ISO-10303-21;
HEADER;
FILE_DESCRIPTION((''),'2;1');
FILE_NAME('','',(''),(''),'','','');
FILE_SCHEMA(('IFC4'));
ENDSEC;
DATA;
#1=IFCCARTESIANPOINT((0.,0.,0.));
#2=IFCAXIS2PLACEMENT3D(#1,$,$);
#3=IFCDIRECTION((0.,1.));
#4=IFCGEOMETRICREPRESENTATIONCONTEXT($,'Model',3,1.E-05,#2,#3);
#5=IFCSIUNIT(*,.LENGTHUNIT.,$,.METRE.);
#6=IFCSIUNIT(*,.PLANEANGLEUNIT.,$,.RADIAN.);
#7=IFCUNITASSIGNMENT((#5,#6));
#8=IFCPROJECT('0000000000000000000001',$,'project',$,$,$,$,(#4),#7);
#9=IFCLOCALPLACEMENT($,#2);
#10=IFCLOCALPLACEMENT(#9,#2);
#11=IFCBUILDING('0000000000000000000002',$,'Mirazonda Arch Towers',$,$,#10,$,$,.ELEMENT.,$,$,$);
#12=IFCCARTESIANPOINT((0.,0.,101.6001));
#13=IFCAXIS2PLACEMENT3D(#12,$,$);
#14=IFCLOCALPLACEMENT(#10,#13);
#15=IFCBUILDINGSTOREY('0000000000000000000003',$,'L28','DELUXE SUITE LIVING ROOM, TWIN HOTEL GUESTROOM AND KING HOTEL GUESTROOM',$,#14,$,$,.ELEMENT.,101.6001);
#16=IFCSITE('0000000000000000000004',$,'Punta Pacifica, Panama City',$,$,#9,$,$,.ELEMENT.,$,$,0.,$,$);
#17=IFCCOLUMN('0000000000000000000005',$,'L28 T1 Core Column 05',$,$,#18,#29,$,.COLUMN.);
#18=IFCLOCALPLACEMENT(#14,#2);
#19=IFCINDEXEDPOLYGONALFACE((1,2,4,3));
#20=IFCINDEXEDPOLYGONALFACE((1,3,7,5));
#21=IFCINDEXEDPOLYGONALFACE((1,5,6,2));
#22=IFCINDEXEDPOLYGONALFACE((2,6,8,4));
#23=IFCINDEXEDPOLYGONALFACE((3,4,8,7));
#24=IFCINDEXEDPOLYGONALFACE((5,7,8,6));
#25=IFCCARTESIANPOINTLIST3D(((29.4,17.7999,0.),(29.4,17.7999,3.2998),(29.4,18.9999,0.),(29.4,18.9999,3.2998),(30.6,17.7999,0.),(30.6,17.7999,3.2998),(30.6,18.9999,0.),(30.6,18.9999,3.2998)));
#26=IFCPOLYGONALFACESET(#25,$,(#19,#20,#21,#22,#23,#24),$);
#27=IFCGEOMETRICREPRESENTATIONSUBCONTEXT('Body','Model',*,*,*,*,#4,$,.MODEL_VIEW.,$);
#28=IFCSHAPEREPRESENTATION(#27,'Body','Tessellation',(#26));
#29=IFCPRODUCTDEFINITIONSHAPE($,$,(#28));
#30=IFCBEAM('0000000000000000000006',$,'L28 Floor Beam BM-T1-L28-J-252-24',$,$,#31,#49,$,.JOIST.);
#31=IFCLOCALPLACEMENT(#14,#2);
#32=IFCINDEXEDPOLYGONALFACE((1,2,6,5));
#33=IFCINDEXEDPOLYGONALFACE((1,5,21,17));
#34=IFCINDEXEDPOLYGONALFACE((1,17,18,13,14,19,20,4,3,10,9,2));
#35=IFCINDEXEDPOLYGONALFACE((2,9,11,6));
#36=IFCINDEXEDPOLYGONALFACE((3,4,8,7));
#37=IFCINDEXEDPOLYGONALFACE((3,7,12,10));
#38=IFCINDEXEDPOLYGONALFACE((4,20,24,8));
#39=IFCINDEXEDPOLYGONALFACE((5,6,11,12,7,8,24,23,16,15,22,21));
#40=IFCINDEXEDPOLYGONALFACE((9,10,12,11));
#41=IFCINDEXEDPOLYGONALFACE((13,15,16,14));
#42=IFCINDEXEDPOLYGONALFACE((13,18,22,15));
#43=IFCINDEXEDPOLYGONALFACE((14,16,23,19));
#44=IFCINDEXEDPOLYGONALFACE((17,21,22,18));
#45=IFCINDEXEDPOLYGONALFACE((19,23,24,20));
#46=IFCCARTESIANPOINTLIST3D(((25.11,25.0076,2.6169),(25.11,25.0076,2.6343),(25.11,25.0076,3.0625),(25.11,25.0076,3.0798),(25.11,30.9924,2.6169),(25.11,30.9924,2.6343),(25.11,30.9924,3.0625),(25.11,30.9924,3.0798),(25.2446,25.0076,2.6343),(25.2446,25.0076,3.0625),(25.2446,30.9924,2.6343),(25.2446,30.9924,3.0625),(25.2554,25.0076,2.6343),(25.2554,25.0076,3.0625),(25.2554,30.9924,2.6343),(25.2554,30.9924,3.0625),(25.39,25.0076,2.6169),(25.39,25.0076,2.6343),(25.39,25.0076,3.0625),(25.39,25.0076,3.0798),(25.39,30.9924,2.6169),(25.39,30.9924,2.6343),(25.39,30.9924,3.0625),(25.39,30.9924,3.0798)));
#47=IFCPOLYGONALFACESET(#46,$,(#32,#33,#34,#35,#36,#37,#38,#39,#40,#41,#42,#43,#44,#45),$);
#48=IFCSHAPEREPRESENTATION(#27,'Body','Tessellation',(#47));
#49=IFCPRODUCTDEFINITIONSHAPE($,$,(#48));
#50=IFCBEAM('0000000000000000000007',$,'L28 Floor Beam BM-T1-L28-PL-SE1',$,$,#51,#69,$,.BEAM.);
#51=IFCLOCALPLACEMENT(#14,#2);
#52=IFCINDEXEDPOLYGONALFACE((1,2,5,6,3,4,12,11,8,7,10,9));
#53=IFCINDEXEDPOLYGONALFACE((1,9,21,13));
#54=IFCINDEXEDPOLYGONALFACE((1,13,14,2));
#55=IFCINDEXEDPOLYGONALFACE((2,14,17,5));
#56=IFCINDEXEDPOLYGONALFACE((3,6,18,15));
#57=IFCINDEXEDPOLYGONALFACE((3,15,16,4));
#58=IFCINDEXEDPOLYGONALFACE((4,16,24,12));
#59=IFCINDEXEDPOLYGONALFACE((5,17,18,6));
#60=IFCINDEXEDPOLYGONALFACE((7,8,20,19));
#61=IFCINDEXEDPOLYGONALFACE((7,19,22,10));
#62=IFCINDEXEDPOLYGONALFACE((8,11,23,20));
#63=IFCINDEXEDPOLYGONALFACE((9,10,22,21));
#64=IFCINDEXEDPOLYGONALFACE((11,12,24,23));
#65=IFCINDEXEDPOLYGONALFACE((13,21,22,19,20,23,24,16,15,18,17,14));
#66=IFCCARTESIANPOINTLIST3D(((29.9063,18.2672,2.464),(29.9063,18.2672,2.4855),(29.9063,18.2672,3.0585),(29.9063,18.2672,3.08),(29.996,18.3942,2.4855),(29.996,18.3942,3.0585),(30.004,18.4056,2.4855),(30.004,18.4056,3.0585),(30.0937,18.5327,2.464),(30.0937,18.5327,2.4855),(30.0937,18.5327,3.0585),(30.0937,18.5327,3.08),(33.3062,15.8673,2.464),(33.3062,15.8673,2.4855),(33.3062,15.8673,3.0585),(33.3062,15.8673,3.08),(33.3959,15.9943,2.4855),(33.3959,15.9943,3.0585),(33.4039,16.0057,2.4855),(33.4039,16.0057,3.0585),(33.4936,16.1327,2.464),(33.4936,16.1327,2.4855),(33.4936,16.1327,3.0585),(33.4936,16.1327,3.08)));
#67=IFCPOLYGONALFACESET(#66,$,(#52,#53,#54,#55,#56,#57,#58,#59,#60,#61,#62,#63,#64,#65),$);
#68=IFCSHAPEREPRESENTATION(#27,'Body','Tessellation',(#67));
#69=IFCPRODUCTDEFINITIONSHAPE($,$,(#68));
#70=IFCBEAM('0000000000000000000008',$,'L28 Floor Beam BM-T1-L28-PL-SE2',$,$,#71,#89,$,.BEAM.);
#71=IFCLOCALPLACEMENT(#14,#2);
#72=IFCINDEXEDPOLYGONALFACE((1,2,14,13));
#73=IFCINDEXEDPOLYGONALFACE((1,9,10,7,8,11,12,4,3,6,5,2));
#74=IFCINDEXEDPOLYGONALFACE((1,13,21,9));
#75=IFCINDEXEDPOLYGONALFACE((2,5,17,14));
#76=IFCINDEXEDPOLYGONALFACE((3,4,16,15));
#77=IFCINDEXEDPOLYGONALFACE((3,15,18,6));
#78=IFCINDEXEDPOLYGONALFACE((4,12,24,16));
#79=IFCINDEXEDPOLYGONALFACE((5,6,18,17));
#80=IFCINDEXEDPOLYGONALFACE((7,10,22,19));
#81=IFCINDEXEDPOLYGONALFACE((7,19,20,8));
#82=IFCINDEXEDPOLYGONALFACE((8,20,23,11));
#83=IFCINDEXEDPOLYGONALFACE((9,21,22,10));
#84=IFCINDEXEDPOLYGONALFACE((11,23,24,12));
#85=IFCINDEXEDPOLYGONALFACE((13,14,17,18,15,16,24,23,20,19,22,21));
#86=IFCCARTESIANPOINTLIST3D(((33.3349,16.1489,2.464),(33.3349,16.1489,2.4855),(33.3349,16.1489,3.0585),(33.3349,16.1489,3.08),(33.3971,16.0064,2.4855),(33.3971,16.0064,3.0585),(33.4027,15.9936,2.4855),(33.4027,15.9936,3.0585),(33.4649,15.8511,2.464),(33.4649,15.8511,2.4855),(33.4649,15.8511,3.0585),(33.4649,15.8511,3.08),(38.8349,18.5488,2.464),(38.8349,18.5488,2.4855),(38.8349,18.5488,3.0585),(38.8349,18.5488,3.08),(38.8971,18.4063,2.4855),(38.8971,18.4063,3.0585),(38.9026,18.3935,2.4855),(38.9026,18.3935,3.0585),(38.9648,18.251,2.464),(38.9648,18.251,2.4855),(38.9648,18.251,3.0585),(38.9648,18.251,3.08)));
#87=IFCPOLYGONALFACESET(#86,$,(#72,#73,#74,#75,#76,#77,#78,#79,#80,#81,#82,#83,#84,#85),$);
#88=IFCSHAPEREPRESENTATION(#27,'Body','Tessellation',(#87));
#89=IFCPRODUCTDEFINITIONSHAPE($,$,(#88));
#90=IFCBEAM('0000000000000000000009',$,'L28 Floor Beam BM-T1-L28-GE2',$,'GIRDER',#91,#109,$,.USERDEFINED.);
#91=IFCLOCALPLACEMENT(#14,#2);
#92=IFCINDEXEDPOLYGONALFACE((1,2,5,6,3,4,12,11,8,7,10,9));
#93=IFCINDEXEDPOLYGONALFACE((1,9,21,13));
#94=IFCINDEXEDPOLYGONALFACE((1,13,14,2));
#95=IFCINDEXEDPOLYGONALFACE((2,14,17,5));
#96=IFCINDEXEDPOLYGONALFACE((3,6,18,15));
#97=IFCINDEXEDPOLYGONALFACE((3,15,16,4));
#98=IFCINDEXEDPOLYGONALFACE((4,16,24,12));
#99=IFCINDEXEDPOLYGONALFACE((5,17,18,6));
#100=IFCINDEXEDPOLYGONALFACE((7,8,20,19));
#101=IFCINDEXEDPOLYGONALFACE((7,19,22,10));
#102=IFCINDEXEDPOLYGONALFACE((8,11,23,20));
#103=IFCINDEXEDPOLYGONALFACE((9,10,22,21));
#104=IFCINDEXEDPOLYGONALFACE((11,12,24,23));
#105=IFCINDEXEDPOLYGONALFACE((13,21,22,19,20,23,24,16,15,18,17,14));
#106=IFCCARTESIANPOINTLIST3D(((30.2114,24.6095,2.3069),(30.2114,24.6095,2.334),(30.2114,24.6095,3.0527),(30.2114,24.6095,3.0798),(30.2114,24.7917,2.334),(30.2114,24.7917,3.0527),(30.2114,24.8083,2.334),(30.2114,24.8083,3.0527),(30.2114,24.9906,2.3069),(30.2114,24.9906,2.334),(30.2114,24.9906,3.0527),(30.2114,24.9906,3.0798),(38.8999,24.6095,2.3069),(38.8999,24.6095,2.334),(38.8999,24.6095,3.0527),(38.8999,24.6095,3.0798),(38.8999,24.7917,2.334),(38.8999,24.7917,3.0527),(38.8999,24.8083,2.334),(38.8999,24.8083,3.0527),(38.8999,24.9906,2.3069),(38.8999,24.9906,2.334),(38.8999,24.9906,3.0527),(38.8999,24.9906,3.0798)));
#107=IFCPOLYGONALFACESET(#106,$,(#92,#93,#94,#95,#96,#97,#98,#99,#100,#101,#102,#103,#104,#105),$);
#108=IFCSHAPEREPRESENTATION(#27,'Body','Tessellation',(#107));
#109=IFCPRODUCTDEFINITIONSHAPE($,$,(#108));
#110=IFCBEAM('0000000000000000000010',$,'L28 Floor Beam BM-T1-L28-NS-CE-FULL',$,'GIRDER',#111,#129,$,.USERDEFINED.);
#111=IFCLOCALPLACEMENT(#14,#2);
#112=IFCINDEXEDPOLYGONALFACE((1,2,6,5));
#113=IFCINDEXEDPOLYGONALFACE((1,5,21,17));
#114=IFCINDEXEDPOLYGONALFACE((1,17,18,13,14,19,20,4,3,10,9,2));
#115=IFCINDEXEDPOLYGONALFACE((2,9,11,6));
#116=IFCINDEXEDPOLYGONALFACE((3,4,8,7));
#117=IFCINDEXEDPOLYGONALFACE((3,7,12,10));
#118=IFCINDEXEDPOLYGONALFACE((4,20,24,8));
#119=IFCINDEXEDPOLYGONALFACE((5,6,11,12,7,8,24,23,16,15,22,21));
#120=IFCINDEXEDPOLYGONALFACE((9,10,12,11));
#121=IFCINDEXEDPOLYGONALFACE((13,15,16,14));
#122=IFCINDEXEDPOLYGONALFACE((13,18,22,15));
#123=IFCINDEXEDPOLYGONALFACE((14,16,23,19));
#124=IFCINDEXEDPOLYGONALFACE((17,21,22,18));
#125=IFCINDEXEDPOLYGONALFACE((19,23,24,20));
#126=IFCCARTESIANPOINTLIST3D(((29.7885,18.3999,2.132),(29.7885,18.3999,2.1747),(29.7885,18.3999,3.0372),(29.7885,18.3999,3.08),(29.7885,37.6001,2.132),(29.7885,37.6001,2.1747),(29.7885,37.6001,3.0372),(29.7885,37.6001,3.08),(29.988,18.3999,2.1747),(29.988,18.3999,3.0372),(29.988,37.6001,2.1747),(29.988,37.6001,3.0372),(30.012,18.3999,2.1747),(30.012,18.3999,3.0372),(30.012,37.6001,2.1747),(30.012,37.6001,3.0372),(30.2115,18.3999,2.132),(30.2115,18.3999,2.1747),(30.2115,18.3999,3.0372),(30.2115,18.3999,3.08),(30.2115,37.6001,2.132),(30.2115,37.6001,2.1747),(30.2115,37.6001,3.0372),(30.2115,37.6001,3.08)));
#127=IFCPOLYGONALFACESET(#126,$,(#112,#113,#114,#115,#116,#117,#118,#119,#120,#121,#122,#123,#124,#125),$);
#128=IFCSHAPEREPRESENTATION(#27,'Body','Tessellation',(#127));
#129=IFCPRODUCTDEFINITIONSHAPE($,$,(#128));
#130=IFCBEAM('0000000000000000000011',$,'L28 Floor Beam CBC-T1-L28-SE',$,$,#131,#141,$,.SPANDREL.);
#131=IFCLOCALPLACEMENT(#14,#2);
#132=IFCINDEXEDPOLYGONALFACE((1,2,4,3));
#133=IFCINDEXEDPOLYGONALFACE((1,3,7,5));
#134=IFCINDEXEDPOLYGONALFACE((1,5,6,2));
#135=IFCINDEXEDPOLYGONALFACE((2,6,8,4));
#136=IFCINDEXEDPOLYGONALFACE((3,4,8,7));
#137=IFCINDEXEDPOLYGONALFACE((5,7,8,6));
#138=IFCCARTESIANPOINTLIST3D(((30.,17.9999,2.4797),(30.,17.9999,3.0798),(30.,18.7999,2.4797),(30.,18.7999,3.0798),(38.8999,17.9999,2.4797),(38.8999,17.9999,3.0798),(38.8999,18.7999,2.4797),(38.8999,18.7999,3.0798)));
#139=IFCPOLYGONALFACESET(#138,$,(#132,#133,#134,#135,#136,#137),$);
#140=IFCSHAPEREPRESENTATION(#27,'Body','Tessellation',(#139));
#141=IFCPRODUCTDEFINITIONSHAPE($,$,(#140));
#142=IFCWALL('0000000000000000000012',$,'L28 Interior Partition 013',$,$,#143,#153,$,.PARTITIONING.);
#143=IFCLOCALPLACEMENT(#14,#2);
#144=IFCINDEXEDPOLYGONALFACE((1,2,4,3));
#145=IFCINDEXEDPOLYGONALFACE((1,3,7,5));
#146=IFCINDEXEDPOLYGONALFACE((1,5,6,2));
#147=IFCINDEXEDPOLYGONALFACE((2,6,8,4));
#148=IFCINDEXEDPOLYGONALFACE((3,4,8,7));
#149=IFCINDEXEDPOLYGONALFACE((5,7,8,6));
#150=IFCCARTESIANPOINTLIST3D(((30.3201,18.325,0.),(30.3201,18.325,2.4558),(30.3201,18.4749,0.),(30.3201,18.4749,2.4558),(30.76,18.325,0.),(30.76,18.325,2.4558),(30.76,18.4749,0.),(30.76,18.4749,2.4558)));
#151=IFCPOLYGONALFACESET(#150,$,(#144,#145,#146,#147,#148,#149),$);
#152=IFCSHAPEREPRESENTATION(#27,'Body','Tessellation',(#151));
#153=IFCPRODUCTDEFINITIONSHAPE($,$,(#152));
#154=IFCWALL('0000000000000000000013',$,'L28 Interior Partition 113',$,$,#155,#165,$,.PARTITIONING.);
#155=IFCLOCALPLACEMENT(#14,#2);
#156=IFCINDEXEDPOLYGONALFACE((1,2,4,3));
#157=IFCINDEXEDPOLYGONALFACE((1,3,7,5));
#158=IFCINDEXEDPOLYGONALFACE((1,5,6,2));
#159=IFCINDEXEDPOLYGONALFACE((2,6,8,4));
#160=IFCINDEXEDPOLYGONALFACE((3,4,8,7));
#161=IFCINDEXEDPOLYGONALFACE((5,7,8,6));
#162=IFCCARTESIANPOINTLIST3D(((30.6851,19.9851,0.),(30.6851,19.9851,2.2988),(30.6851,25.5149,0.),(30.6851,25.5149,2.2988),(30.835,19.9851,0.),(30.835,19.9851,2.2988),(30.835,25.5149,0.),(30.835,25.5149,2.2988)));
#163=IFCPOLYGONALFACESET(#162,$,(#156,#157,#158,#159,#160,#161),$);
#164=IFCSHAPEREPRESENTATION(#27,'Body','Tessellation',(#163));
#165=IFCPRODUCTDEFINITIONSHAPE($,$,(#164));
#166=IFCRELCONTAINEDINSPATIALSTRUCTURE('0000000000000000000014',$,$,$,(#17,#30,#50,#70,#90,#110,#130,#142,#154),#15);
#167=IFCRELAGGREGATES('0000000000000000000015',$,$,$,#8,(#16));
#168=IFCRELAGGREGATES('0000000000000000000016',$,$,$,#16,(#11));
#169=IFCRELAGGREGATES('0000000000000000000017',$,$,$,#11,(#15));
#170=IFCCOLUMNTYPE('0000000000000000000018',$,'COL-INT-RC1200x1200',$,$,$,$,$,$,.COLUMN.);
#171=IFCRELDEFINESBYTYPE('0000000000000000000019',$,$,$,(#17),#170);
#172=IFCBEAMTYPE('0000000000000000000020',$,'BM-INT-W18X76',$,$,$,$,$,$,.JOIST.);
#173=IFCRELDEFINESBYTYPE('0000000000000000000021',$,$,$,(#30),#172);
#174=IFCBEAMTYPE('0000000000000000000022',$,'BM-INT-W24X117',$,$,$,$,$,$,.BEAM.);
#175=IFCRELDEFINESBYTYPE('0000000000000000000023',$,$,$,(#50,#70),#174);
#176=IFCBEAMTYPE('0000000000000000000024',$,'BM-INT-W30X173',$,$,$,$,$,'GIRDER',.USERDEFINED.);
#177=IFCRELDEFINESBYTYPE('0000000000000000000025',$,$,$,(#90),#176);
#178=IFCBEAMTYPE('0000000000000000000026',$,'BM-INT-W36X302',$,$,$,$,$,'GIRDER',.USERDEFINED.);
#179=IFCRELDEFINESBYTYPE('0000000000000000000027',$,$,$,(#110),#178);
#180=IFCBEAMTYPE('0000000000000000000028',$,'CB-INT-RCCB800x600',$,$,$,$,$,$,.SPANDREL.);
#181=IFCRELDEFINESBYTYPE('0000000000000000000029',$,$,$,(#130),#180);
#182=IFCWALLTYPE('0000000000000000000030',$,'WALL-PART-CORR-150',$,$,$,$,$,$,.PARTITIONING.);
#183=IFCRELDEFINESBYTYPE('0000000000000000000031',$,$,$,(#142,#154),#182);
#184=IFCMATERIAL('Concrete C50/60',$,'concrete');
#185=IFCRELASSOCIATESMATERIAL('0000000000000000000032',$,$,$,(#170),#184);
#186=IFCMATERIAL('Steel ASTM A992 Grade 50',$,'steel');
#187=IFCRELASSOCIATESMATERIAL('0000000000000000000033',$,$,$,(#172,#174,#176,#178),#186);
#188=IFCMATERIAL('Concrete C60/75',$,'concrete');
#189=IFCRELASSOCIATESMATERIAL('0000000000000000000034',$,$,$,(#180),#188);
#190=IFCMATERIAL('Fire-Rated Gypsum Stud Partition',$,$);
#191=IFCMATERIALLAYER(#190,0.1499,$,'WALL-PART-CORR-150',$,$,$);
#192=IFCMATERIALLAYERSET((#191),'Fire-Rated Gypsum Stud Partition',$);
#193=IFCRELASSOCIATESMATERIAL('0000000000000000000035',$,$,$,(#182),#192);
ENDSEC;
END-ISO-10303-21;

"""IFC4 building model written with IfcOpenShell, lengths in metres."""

from ifc_helpers import new_model, si_unit, direction, frame, frame_2d, origin, origin_2d, place, context, subcontext, project, spatial, rectangle, i_section, extrude, material, layer, layer_set, material_profile, profile_set, type_object, element, save


model = new_model("IFC4")

# Units and contexts
model_context = context("Model", 3, precision=1e-05, world=origin(), true_north=direction((0.0, 1.0)))
body_context = subcontext(model_context, "Body", "Model", "MODEL_VIEW")
ifc_project = project(units=[si_unit("LENGTHUNIT", "METRE"), si_unit("PLANEANGLEUNIT", "RADIAN")], contexts=[model_context])

# Site, building, storey
site_placement = place(None, origin())
site = spatial("IfcSite", under=ifc_project, at=site_placement, Name="Punta Pacifica, Panama City", CompositionType="ELEMENT", RefElevation=0.0)
building_placement = place(site_placement, origin())
building = spatial("IfcBuilding", under=site, at=building_placement, Name="Mirazonda Arch Towers", CompositionType="ELEMENT")
storey_placement = place(building_placement, frame((0.0, 0.0, 101.6001)))
storey = spatial("IfcBuildingStorey", under=building, at=storey_placement, Name="L28", Description="DELUXE SUITE LIVING ROOM, TWIN HOTEL GUESTROOM AND KING HOTEL GUESTROOM", CompositionType="ELEMENT", Elevation=101.6001)

# Column
ifc_material_1 = material(Name="Concrete C50/60", Category="concrete")
ifc_material_profile_1 = material_profile(ifc_material_1, rectangle(XDim=1.2, YDim=1.2, at=origin_2d()), Name="RC1200x1200")
ifc_profile_set_1 = profile_set([ifc_material_profile_1], Name="Concrete C50/60")
column_type = type_object("IfcColumnType", Name="COL-INT-RC1200x1200", PredefinedType="COLUMN", material=ifc_profile_set_1)
column_placement = place(storey_placement, frame((30.0, 18.3999, 0.0), z_axis=(0.0, 0.0, 1.0), x_axis=(1.0, 0.0, 0.0)))
element("IfcColumn", 1, at=column_placement, inside=storey, type_object=column_type, Name="L28 T1 Core Column 05", PredefinedType="COLUMN", context=body_context, shape_type="SweptSolid", body=[
    extrude(rectangle(XDim=1.2, YDim=1.2, at=origin_2d()), origin(), (0.0, 0.0, 1.0), 3.2998),
])

# Beams
ifc_material_2 = material(Name="Steel ASTM A992 Grade 50", Category="steel")
ifc_material_profile_2 = material_profile(ifc_material_2, i_section(OverallWidth=0.28, OverallDepth=0.4629, WebThickness=0.0107, FlangeThickness=0.0173, at=origin_2d()), Name="W18X76")
ifc_profile_set_2 = profile_set([ifc_material_profile_2], Name="Steel ASTM A992 Grade 50")
beam_type_1 = type_object("IfcBeamType", Name="BM-INT-W18X76", PredefinedType="JOIST", material=ifc_profile_set_2)
beam_1_placement = place(storey_placement, frame((25.25, 25.0076, 2.8484), z_axis=(0.0, 1.0, 0.0), x_axis=(-1.0, 0.0, 0.0)))
element("IfcBeam", 2, at=beam_1_placement, inside=storey, type_object=beam_type_1, Name="L28 Floor Beam BM-T1-L28-J-252-24", PredefinedType="JOIST", context=body_context, shape_type="SweptSolid", body=[
    extrude(i_section(OverallWidth=0.28, OverallDepth=0.4629, WebThickness=0.0107, FlangeThickness=0.0173, at=origin_2d()), origin(), (0.0, 0.0, 1.0), 5.9849),
])
ifc_material_profile_3 = material_profile(ifc_material_2, i_section(OverallWidth=0.325, OverallDepth=0.616, WebThickness=0.0139, FlangeThickness=0.0215, at=origin_2d()), Name="W24X117")
ifc_profile_set_3 = profile_set([ifc_material_profile_3], Name="Steel ASTM A992 Grade 50")
beam_type_2 = type_object("IfcBeamType", Name="BM-INT-W24X117", PredefinedType="BEAM", material=ifc_profile_set_3)
beam_2_placement = place(storey_placement, frame((33.3999, 16.0, 2.772), z_axis=(-0.816971, 0.576679, 0.0), x_axis=(-0.576679, -0.816971, 0.0)))
element("IfcBeam", 3, at=beam_2_placement, inside=storey, type_object=beam_type_2, Name="L28 Floor Beam BM-T1-L28-PL-SE1", PredefinedType="BEAM", context=body_context, shape_type="SweptSolid", body=[
    extrude(i_section(OverallWidth=0.325, OverallDepth=0.616, WebThickness=0.0139, FlangeThickness=0.0215, at=origin_2d()), origin(), (0.0, 0.0, 1.0), 4.1616),
])
beam_3_placement = place(storey_placement, frame((33.3999, 16.0, 2.772), z_axis=(0.916545, 0.399931, 0.0), x_axis=(-0.399931, 0.916545, 0.0)))
element("IfcBeam", 4, at=beam_3_placement, inside=storey, type_object=beam_type_2, Name="L28 Floor Beam BM-T1-L28-PL-SE2", PredefinedType="BEAM", context=body_context, shape_type="SweptSolid", body=[
    extrude(i_section(OverallWidth=0.325, OverallDepth=0.616, WebThickness=0.0139, FlangeThickness=0.0215, at=origin_2d()), origin(), (0.0, 0.0, 1.0), 6.0007),
])
ifc_material_profile_4 = material_profile(ifc_material_2, i_section(OverallWidth=0.3811, OverallDepth=0.7729, WebThickness=0.0166, FlangeThickness=0.0271, at=origin_2d()), Name="W30X173")
ifc_profile_set_4 = profile_set([ifc_material_profile_4], Name="Steel ASTM A992 Grade 50")
beam_type_3 = type_object("IfcBeamType", Name="BM-INT-W30X173", ElementType="GIRDER", PredefinedType="USERDEFINED", material=ifc_profile_set_4)
beam_4_placement = place(storey_placement, frame((30.2114, 24.8, 2.6934), z_axis=(1.0, 0.0, 0.0), x_axis=(0.0, 1.0, 0.0)))
element("IfcBeam", 5, at=beam_4_placement, inside=storey, type_object=beam_type_3, Name="L28 Floor Beam BM-T1-L28-GE2", ObjectType="GIRDER", PredefinedType="USERDEFINED", context=body_context, shape_type="SweptSolid", body=[
    extrude(i_section(OverallWidth=0.3811, OverallDepth=0.7729, WebThickness=0.0166, FlangeThickness=0.0271, at=origin_2d()), origin(), (0.0, 0.0, 1.0), 8.6885),
])
ifc_material_profile_5 = material_profile(ifc_material_2, i_section(OverallWidth=0.4231, OverallDepth=0.948, WebThickness=0.0239, FlangeThickness=0.0427, at=origin_2d()), Name="W36X302")
ifc_profile_set_5 = profile_set([ifc_material_profile_5], Name="Steel ASTM A992 Grade 50")
beam_type_4 = type_object("IfcBeamType", Name="BM-INT-W36X302", ElementType="GIRDER", PredefinedType="USERDEFINED", material=ifc_profile_set_5)
beam_5_placement = place(storey_placement, frame((30.0, 18.3999, 2.606), z_axis=(0.0, 1.0, 0.0), x_axis=(-1.0, 0.0, 0.0)))
element("IfcBeam", 6, at=beam_5_placement, inside=storey, type_object=beam_type_4, Name="L28 Floor Beam BM-T1-L28-NS-CE-FULL", ObjectType="GIRDER", PredefinedType="USERDEFINED", context=body_context, shape_type="SweptSolid", body=[
    extrude(i_section(OverallWidth=0.4231, OverallDepth=0.948, WebThickness=0.0239, FlangeThickness=0.0427, at=origin_2d()), origin(), (0.0, 0.0, 1.0), 19.2002),
])
ifc_material_3 = material(Name="Concrete C60/75", Category="concrete")
ifc_material_profile_6 = material_profile(ifc_material_3, rectangle(XDim=0.8, YDim=0.6001, at=origin_2d()), Name="RCCB800x600")
ifc_profile_set_6 = profile_set([ifc_material_profile_6], Name="Concrete C60/75")
beam_type_5 = type_object("IfcBeamType", Name="CB-INT-RCCB800x600", PredefinedType="SPANDREL", material=ifc_profile_set_6)
beam_6_placement = place(storey_placement, frame((30.0, 18.3999, 2.7798), z_axis=(1.0, 0.0, 0.0), x_axis=(0.0, 1.0, 0.0)))
element("IfcBeam", 7, at=beam_6_placement, inside=storey, type_object=beam_type_5, Name="L28 Floor Beam CBC-T1-L28-SE", PredefinedType="SPANDREL", context=body_context, shape_type="SweptSolid", body=[
    extrude(rectangle(XDim=0.8, YDim=0.6001, at=origin_2d()), origin(), (0.0, 0.0, 1.0), 8.8999),
])

# Walls
ifc_material_4 = material(Name="Fire-Rated Gypsum Stud Partition")
ifc_layer_1 = layer(ifc_material_4, 0.1499, Name="WALL-PART-CORR-150")
ifc_layer_set_1 = layer_set([ifc_layer_1], Name="Fire-Rated Gypsum Stud Partition")
wall_type_1 = type_object("IfcWallType", Name="WALL-PART-CORR-150", PredefinedType="PARTITIONING", material=ifc_layer_set_1)
wall_1_placement = place(storey_placement, frame((30.3201, 18.3999, 0.0), z_axis=(0.0, 0.0, 1.0), x_axis=(1.0, 0.0, 0.0)))
element("IfcWall", 8, at=wall_1_placement, inside=storey, type_object=wall_type_1, Name="L28 Interior Partition 013", PredefinedType="PARTITIONING", context=body_context, shape_type="SweptSolid", body=[
    extrude(rectangle(XDim=0.4399, YDim=0.1499, at=frame_2d((0.22, 0.0))), origin(), (0.0, 0.0, 1.0), 2.4558),
])
wall_2_placement = place(storey_placement, frame((30.76, 19.9851, 0.0), z_axis=(0.0, 0.0, 1.0), x_axis=(0.0, 1.0, 0.0)))
element("IfcWall", 9, at=wall_2_placement, inside=storey, type_object=wall_type_1, Name="L28 Interior Partition 113", PredefinedType="PARTITIONING", context=body_context, shape_type="SweptSolid", body=[
    extrude(rectangle(XDim=5.5298, YDim=0.1499, at=frame_2d((2.7649, 0.0))), origin(), (0.0, 0.0, 1.0), 2.2988),
])

save(model, "model.ifc")
